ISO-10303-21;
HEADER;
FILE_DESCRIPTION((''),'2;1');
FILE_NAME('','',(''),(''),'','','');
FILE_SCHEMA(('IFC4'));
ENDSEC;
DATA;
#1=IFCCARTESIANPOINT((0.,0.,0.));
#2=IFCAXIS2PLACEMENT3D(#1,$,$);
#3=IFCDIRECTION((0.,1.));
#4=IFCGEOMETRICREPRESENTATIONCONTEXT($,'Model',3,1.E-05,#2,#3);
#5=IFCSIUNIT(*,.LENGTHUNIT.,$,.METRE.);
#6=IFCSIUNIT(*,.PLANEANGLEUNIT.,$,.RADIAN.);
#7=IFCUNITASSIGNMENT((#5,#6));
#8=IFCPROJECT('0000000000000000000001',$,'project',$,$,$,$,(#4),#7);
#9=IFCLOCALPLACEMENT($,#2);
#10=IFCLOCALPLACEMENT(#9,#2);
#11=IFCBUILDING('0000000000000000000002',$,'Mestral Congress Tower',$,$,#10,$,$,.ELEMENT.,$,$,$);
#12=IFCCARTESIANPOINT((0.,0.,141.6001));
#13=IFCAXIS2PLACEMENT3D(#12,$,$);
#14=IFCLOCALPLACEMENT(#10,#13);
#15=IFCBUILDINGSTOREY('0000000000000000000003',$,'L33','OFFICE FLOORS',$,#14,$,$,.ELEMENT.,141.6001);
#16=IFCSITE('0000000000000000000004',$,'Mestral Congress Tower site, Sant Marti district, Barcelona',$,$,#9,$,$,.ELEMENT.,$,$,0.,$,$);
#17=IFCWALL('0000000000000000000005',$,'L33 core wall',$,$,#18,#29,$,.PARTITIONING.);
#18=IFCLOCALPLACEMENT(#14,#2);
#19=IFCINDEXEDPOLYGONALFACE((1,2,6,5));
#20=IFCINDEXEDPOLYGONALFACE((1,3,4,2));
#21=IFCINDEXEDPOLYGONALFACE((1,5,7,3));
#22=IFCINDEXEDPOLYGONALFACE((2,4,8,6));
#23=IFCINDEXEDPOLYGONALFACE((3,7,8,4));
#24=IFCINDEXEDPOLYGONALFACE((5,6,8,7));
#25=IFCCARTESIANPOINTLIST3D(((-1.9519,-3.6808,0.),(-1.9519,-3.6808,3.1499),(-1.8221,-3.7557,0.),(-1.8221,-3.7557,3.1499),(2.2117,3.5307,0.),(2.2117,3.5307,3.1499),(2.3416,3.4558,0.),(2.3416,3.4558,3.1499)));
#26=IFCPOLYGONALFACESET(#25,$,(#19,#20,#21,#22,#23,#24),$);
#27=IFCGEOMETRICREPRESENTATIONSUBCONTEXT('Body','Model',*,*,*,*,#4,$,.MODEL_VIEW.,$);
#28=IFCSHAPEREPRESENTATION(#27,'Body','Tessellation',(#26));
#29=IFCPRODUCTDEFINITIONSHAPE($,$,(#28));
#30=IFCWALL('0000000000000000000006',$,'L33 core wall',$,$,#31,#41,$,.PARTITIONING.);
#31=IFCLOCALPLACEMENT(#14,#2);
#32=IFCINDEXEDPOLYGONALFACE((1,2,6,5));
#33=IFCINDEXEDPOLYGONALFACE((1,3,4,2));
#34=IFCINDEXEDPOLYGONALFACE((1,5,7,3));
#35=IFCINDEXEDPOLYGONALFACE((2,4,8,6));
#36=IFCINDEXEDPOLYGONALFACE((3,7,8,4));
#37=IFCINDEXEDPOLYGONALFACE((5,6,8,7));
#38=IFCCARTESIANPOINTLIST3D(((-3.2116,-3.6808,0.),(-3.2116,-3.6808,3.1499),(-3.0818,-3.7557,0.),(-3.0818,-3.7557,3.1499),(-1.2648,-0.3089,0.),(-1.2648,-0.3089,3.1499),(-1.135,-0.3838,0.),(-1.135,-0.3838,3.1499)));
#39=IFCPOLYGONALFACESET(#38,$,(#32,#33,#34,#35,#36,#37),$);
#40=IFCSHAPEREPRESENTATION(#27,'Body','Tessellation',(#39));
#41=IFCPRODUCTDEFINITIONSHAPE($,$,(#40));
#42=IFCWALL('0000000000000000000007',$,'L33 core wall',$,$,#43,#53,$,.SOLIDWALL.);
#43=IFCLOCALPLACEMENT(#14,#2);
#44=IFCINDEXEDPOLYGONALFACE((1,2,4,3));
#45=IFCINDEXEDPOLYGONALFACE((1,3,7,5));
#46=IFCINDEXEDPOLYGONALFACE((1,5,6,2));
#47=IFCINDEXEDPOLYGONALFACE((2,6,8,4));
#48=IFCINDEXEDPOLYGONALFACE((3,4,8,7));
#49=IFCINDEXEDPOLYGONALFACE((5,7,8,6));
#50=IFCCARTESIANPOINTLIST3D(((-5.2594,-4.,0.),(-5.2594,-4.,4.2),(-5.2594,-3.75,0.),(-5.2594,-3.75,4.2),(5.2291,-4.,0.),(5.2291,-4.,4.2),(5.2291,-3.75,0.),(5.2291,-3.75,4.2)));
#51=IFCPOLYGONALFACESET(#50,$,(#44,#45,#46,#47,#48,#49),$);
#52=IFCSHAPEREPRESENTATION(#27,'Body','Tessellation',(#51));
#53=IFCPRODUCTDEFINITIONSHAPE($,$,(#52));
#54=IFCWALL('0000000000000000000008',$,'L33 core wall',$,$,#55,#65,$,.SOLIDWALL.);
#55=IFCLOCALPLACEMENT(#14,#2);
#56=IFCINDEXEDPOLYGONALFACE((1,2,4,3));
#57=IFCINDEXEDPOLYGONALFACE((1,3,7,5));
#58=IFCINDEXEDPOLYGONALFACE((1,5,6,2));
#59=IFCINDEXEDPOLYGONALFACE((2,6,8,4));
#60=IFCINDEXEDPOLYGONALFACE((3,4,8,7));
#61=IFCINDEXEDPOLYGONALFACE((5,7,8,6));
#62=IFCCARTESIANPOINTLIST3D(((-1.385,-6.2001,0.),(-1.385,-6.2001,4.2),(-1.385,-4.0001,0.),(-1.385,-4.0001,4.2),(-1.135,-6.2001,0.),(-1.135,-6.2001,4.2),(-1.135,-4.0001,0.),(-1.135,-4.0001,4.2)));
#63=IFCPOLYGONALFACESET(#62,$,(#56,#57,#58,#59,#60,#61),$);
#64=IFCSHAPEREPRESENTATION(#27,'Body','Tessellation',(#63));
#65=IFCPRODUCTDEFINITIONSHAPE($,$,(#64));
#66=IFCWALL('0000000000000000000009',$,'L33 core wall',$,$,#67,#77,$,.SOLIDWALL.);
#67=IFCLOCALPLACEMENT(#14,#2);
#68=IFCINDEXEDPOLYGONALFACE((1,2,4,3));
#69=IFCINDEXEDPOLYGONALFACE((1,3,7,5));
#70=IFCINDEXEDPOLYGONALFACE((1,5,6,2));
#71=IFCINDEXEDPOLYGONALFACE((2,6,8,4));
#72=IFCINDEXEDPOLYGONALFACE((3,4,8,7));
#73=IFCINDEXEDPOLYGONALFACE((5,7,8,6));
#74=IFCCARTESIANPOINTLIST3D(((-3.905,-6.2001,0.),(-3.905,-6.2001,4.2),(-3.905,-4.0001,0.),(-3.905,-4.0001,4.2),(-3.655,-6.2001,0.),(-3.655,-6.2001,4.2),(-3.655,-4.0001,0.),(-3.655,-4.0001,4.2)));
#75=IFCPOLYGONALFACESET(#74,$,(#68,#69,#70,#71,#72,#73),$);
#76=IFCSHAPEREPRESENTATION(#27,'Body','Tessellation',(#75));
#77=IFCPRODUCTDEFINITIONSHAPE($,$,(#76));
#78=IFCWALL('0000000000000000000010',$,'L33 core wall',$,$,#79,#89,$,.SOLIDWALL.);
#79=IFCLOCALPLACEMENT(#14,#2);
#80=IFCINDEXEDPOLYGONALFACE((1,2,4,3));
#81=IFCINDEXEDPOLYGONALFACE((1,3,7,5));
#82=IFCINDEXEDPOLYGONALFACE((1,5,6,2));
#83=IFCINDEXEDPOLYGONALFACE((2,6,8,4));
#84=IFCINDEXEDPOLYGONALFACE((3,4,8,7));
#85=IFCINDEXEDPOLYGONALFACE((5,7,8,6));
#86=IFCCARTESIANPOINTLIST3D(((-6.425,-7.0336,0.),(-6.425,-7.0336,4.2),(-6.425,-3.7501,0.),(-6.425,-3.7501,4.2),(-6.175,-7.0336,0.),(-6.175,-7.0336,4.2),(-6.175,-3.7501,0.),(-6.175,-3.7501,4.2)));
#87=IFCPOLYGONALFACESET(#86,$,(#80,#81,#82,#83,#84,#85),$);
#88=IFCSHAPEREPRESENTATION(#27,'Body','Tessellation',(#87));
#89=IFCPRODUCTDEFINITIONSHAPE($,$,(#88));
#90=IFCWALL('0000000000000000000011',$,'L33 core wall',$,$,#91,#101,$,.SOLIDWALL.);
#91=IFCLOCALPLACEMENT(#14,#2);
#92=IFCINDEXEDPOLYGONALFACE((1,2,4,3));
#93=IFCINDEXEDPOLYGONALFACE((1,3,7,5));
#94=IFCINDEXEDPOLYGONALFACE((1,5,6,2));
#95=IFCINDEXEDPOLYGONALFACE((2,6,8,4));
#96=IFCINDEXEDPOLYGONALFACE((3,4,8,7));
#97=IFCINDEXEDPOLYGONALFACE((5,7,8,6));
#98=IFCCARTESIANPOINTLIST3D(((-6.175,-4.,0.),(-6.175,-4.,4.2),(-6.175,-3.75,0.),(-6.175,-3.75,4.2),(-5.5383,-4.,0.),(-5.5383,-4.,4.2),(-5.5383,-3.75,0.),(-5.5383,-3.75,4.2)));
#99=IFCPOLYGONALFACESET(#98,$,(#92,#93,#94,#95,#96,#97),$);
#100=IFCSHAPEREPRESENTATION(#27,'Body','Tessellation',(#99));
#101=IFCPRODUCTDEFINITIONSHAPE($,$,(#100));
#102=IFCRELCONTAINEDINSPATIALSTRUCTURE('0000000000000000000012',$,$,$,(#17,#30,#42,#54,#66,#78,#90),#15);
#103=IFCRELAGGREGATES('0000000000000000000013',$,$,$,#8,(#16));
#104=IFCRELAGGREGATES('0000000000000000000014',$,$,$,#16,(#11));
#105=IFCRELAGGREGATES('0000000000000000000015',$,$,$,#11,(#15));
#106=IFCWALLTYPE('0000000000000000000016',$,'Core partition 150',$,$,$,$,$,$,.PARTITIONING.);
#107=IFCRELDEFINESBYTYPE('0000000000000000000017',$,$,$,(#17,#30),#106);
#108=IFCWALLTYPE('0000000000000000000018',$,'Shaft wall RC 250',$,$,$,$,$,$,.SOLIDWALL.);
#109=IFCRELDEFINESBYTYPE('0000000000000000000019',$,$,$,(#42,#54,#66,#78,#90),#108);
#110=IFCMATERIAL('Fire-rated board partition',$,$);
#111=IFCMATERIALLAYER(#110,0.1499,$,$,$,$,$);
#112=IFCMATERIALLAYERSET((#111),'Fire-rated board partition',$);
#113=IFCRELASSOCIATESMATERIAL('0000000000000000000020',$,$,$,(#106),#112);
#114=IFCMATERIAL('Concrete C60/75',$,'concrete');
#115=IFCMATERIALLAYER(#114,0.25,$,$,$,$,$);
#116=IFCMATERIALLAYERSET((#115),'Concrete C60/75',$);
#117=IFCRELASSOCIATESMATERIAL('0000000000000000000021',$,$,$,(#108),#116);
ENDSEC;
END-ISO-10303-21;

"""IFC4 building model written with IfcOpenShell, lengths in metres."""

from ifc_helpers import new_model, si_unit, direction, frame, frame_2d, origin, place, context, subcontext, project, spatial, rectangle, extrude, material, layer, layer_set, type_object, element, save


model = new_model("IFC4")

# Units and contexts
model_context = context("Model", 3, precision=1e-05, world=origin(), true_north=direction((0.0, 1.0)))
body_context = subcontext(model_context, "Body", "Model", "MODEL_VIEW")
ifc_project = project(units=[si_unit("LENGTHUNIT", "METRE"), si_unit("PLANEANGLEUNIT", "RADIAN")], contexts=[model_context])

# Site, building, storey
site_placement = place(None, origin())
site = spatial("IfcSite", under=ifc_project, at=site_placement, Name="Mestral Congress Tower site, Sant Marti district, Barcelona", CompositionType="ELEMENT", RefElevation=0.0)
building_placement = place(site_placement, origin())
building = spatial("IfcBuilding", under=site, at=building_placement, Name="Mestral Congress Tower", CompositionType="ELEMENT")
storey_placement = place(building_placement, frame((0.0, 0.0, 141.6001)))
storey = spatial("IfcBuildingStorey", under=building, at=storey_placement, Name="L33", Description="OFFICE FLOORS", CompositionType="ELEMENT", Elevation=141.6001)

# Walls
ifc_material_1 = material(Name="Fire-rated board partition")
ifc_layer_1 = layer(ifc_material_1, 0.1499)
ifc_layer_set_1 = layer_set([ifc_layer_1], Name="Fire-rated board partition")
wall_type_1 = type_object("IfcWallType", Name="Core partition 150", PredefinedType="PARTITIONING", material=ifc_layer_set_1)
wall_1_placement = place(storey_placement, frame((-1.887, -3.7183, 0.0), z_axis=(0.0, 0.0, 1.0), x_axis=(0.500005, 0.866023, 0.0)))
element("IfcWall", 1, at=wall_1_placement, inside=storey, type_object=wall_type_1, Name="L33 core wall", PredefinedType="PARTITIONING", context=body_context, shape_type="SweptSolid", body=[
    extrude(rectangle(XDim=8.3271, YDim=0.1499, at=frame_2d((4.1636, 0.0))), origin(), (0.0, 0.0, 1.0), 3.1499),
])
wall_2_placement = place(storey_placement, frame((-3.1467, -3.7183, 0.0), z_axis=(0.0, 0.0, 1.0), x_axis=(0.50001, 0.86602, 0.0)))
element("IfcWall", 2, at=wall_2_placement, inside=storey, type_object=wall_type_1, Name="L33 core wall", PredefinedType="PARTITIONING", context=body_context, shape_type="SweptSolid", body=[
    extrude(rectangle(XDim=3.8936, YDim=0.1499, at=frame_2d((1.9468, 0.0))), origin(), (0.0, 0.0, 1.0), 3.1499),
])
ifc_material_2 = material(Name="Concrete C60/75", Category="concrete")
ifc_layer_2 = layer(ifc_material_2, 0.25)
ifc_layer_set_2 = layer_set([ifc_layer_2], Name="Concrete C60/75")
wall_type_2 = type_object("IfcWallType", Name="Shaft wall RC 250", PredefinedType="SOLIDWALL", material=ifc_layer_set_2)
wall_3_placement = place(storey_placement, frame((-5.2593, -3.875, 0.0), z_axis=(0.0, 0.0, 1.0), x_axis=(1.0, 0.0, 0.0)))
element("IfcWall", 3, at=wall_3_placement, inside=storey, type_object=wall_type_2, Name="L33 core wall", PredefinedType="SOLIDWALL", context=body_context, shape_type="SweptSolid", body=[
    extrude(rectangle(XDim=10.4885, YDim=0.25, at=frame_2d((5.2441, 0.0))), origin(), (0.0, 0.0, 1.0), 4.2),
])
for number, where, z_axis, x_axis, name in (
    (4, (-1.26, -4.0, 0.0), (0.0, 0.0, 1.0), (0.0, -1.0, 0.0), "L33 core wall"),
    (5, (-3.78, -4.0, 0.0), (0.0, 0.0, 1.0), (0.0, -1.0, 0.0), "L33 core wall"),
):
    element("IfcWall", number, at=place(storey_placement, frame(where, z_axis=z_axis, x_axis=x_axis)), inside=storey, type_object=wall_type_2, Name=name, PredefinedType="SOLIDWALL", context=body_context, shape_type="SweptSolid", body=[
        extrude(rectangle(XDim=2.2, YDim=0.25, at=frame_2d((1.1001, 0.0))), origin(), (0.0, 0.0, 1.0), 4.2),
    ])
wall_4_placement = place(storey_placement, frame((-6.3, -7.0334, 0.0), z_axis=(0.0, 0.0, 1.0), x_axis=(0.0, 1.0, 0.0)))
element("IfcWall", 6, at=wall_4_placement, inside=storey, type_object=wall_type_2, Name="L33 core wall", PredefinedType="SOLIDWALL", context=body_context, shape_type="SweptSolid", body=[
    extrude(rectangle(XDim=3.2834, YDim=0.25, at=frame_2d((1.6416, 0.0))), origin(), (0.0, 0.0, 1.0), 4.2),
])
wall_5_placement = place(storey_placement, frame((-6.175, -3.875, 0.0), z_axis=(0.0, 0.0, 1.0), x_axis=(1.0, 0.0, 0.0)))
element("IfcWall", 7, at=wall_5_placement, inside=storey, type_object=wall_type_2, Name="L33 core wall", PredefinedType="SOLIDWALL", context=body_context, shape_type="SweptSolid", body=[
    extrude(rectangle(XDim=0.6367, YDim=0.25, at=frame_2d((0.3184, 0.0))), origin(), (0.0, 0.0, 1.0), 4.2),
])

save(model, "model.ifc")
